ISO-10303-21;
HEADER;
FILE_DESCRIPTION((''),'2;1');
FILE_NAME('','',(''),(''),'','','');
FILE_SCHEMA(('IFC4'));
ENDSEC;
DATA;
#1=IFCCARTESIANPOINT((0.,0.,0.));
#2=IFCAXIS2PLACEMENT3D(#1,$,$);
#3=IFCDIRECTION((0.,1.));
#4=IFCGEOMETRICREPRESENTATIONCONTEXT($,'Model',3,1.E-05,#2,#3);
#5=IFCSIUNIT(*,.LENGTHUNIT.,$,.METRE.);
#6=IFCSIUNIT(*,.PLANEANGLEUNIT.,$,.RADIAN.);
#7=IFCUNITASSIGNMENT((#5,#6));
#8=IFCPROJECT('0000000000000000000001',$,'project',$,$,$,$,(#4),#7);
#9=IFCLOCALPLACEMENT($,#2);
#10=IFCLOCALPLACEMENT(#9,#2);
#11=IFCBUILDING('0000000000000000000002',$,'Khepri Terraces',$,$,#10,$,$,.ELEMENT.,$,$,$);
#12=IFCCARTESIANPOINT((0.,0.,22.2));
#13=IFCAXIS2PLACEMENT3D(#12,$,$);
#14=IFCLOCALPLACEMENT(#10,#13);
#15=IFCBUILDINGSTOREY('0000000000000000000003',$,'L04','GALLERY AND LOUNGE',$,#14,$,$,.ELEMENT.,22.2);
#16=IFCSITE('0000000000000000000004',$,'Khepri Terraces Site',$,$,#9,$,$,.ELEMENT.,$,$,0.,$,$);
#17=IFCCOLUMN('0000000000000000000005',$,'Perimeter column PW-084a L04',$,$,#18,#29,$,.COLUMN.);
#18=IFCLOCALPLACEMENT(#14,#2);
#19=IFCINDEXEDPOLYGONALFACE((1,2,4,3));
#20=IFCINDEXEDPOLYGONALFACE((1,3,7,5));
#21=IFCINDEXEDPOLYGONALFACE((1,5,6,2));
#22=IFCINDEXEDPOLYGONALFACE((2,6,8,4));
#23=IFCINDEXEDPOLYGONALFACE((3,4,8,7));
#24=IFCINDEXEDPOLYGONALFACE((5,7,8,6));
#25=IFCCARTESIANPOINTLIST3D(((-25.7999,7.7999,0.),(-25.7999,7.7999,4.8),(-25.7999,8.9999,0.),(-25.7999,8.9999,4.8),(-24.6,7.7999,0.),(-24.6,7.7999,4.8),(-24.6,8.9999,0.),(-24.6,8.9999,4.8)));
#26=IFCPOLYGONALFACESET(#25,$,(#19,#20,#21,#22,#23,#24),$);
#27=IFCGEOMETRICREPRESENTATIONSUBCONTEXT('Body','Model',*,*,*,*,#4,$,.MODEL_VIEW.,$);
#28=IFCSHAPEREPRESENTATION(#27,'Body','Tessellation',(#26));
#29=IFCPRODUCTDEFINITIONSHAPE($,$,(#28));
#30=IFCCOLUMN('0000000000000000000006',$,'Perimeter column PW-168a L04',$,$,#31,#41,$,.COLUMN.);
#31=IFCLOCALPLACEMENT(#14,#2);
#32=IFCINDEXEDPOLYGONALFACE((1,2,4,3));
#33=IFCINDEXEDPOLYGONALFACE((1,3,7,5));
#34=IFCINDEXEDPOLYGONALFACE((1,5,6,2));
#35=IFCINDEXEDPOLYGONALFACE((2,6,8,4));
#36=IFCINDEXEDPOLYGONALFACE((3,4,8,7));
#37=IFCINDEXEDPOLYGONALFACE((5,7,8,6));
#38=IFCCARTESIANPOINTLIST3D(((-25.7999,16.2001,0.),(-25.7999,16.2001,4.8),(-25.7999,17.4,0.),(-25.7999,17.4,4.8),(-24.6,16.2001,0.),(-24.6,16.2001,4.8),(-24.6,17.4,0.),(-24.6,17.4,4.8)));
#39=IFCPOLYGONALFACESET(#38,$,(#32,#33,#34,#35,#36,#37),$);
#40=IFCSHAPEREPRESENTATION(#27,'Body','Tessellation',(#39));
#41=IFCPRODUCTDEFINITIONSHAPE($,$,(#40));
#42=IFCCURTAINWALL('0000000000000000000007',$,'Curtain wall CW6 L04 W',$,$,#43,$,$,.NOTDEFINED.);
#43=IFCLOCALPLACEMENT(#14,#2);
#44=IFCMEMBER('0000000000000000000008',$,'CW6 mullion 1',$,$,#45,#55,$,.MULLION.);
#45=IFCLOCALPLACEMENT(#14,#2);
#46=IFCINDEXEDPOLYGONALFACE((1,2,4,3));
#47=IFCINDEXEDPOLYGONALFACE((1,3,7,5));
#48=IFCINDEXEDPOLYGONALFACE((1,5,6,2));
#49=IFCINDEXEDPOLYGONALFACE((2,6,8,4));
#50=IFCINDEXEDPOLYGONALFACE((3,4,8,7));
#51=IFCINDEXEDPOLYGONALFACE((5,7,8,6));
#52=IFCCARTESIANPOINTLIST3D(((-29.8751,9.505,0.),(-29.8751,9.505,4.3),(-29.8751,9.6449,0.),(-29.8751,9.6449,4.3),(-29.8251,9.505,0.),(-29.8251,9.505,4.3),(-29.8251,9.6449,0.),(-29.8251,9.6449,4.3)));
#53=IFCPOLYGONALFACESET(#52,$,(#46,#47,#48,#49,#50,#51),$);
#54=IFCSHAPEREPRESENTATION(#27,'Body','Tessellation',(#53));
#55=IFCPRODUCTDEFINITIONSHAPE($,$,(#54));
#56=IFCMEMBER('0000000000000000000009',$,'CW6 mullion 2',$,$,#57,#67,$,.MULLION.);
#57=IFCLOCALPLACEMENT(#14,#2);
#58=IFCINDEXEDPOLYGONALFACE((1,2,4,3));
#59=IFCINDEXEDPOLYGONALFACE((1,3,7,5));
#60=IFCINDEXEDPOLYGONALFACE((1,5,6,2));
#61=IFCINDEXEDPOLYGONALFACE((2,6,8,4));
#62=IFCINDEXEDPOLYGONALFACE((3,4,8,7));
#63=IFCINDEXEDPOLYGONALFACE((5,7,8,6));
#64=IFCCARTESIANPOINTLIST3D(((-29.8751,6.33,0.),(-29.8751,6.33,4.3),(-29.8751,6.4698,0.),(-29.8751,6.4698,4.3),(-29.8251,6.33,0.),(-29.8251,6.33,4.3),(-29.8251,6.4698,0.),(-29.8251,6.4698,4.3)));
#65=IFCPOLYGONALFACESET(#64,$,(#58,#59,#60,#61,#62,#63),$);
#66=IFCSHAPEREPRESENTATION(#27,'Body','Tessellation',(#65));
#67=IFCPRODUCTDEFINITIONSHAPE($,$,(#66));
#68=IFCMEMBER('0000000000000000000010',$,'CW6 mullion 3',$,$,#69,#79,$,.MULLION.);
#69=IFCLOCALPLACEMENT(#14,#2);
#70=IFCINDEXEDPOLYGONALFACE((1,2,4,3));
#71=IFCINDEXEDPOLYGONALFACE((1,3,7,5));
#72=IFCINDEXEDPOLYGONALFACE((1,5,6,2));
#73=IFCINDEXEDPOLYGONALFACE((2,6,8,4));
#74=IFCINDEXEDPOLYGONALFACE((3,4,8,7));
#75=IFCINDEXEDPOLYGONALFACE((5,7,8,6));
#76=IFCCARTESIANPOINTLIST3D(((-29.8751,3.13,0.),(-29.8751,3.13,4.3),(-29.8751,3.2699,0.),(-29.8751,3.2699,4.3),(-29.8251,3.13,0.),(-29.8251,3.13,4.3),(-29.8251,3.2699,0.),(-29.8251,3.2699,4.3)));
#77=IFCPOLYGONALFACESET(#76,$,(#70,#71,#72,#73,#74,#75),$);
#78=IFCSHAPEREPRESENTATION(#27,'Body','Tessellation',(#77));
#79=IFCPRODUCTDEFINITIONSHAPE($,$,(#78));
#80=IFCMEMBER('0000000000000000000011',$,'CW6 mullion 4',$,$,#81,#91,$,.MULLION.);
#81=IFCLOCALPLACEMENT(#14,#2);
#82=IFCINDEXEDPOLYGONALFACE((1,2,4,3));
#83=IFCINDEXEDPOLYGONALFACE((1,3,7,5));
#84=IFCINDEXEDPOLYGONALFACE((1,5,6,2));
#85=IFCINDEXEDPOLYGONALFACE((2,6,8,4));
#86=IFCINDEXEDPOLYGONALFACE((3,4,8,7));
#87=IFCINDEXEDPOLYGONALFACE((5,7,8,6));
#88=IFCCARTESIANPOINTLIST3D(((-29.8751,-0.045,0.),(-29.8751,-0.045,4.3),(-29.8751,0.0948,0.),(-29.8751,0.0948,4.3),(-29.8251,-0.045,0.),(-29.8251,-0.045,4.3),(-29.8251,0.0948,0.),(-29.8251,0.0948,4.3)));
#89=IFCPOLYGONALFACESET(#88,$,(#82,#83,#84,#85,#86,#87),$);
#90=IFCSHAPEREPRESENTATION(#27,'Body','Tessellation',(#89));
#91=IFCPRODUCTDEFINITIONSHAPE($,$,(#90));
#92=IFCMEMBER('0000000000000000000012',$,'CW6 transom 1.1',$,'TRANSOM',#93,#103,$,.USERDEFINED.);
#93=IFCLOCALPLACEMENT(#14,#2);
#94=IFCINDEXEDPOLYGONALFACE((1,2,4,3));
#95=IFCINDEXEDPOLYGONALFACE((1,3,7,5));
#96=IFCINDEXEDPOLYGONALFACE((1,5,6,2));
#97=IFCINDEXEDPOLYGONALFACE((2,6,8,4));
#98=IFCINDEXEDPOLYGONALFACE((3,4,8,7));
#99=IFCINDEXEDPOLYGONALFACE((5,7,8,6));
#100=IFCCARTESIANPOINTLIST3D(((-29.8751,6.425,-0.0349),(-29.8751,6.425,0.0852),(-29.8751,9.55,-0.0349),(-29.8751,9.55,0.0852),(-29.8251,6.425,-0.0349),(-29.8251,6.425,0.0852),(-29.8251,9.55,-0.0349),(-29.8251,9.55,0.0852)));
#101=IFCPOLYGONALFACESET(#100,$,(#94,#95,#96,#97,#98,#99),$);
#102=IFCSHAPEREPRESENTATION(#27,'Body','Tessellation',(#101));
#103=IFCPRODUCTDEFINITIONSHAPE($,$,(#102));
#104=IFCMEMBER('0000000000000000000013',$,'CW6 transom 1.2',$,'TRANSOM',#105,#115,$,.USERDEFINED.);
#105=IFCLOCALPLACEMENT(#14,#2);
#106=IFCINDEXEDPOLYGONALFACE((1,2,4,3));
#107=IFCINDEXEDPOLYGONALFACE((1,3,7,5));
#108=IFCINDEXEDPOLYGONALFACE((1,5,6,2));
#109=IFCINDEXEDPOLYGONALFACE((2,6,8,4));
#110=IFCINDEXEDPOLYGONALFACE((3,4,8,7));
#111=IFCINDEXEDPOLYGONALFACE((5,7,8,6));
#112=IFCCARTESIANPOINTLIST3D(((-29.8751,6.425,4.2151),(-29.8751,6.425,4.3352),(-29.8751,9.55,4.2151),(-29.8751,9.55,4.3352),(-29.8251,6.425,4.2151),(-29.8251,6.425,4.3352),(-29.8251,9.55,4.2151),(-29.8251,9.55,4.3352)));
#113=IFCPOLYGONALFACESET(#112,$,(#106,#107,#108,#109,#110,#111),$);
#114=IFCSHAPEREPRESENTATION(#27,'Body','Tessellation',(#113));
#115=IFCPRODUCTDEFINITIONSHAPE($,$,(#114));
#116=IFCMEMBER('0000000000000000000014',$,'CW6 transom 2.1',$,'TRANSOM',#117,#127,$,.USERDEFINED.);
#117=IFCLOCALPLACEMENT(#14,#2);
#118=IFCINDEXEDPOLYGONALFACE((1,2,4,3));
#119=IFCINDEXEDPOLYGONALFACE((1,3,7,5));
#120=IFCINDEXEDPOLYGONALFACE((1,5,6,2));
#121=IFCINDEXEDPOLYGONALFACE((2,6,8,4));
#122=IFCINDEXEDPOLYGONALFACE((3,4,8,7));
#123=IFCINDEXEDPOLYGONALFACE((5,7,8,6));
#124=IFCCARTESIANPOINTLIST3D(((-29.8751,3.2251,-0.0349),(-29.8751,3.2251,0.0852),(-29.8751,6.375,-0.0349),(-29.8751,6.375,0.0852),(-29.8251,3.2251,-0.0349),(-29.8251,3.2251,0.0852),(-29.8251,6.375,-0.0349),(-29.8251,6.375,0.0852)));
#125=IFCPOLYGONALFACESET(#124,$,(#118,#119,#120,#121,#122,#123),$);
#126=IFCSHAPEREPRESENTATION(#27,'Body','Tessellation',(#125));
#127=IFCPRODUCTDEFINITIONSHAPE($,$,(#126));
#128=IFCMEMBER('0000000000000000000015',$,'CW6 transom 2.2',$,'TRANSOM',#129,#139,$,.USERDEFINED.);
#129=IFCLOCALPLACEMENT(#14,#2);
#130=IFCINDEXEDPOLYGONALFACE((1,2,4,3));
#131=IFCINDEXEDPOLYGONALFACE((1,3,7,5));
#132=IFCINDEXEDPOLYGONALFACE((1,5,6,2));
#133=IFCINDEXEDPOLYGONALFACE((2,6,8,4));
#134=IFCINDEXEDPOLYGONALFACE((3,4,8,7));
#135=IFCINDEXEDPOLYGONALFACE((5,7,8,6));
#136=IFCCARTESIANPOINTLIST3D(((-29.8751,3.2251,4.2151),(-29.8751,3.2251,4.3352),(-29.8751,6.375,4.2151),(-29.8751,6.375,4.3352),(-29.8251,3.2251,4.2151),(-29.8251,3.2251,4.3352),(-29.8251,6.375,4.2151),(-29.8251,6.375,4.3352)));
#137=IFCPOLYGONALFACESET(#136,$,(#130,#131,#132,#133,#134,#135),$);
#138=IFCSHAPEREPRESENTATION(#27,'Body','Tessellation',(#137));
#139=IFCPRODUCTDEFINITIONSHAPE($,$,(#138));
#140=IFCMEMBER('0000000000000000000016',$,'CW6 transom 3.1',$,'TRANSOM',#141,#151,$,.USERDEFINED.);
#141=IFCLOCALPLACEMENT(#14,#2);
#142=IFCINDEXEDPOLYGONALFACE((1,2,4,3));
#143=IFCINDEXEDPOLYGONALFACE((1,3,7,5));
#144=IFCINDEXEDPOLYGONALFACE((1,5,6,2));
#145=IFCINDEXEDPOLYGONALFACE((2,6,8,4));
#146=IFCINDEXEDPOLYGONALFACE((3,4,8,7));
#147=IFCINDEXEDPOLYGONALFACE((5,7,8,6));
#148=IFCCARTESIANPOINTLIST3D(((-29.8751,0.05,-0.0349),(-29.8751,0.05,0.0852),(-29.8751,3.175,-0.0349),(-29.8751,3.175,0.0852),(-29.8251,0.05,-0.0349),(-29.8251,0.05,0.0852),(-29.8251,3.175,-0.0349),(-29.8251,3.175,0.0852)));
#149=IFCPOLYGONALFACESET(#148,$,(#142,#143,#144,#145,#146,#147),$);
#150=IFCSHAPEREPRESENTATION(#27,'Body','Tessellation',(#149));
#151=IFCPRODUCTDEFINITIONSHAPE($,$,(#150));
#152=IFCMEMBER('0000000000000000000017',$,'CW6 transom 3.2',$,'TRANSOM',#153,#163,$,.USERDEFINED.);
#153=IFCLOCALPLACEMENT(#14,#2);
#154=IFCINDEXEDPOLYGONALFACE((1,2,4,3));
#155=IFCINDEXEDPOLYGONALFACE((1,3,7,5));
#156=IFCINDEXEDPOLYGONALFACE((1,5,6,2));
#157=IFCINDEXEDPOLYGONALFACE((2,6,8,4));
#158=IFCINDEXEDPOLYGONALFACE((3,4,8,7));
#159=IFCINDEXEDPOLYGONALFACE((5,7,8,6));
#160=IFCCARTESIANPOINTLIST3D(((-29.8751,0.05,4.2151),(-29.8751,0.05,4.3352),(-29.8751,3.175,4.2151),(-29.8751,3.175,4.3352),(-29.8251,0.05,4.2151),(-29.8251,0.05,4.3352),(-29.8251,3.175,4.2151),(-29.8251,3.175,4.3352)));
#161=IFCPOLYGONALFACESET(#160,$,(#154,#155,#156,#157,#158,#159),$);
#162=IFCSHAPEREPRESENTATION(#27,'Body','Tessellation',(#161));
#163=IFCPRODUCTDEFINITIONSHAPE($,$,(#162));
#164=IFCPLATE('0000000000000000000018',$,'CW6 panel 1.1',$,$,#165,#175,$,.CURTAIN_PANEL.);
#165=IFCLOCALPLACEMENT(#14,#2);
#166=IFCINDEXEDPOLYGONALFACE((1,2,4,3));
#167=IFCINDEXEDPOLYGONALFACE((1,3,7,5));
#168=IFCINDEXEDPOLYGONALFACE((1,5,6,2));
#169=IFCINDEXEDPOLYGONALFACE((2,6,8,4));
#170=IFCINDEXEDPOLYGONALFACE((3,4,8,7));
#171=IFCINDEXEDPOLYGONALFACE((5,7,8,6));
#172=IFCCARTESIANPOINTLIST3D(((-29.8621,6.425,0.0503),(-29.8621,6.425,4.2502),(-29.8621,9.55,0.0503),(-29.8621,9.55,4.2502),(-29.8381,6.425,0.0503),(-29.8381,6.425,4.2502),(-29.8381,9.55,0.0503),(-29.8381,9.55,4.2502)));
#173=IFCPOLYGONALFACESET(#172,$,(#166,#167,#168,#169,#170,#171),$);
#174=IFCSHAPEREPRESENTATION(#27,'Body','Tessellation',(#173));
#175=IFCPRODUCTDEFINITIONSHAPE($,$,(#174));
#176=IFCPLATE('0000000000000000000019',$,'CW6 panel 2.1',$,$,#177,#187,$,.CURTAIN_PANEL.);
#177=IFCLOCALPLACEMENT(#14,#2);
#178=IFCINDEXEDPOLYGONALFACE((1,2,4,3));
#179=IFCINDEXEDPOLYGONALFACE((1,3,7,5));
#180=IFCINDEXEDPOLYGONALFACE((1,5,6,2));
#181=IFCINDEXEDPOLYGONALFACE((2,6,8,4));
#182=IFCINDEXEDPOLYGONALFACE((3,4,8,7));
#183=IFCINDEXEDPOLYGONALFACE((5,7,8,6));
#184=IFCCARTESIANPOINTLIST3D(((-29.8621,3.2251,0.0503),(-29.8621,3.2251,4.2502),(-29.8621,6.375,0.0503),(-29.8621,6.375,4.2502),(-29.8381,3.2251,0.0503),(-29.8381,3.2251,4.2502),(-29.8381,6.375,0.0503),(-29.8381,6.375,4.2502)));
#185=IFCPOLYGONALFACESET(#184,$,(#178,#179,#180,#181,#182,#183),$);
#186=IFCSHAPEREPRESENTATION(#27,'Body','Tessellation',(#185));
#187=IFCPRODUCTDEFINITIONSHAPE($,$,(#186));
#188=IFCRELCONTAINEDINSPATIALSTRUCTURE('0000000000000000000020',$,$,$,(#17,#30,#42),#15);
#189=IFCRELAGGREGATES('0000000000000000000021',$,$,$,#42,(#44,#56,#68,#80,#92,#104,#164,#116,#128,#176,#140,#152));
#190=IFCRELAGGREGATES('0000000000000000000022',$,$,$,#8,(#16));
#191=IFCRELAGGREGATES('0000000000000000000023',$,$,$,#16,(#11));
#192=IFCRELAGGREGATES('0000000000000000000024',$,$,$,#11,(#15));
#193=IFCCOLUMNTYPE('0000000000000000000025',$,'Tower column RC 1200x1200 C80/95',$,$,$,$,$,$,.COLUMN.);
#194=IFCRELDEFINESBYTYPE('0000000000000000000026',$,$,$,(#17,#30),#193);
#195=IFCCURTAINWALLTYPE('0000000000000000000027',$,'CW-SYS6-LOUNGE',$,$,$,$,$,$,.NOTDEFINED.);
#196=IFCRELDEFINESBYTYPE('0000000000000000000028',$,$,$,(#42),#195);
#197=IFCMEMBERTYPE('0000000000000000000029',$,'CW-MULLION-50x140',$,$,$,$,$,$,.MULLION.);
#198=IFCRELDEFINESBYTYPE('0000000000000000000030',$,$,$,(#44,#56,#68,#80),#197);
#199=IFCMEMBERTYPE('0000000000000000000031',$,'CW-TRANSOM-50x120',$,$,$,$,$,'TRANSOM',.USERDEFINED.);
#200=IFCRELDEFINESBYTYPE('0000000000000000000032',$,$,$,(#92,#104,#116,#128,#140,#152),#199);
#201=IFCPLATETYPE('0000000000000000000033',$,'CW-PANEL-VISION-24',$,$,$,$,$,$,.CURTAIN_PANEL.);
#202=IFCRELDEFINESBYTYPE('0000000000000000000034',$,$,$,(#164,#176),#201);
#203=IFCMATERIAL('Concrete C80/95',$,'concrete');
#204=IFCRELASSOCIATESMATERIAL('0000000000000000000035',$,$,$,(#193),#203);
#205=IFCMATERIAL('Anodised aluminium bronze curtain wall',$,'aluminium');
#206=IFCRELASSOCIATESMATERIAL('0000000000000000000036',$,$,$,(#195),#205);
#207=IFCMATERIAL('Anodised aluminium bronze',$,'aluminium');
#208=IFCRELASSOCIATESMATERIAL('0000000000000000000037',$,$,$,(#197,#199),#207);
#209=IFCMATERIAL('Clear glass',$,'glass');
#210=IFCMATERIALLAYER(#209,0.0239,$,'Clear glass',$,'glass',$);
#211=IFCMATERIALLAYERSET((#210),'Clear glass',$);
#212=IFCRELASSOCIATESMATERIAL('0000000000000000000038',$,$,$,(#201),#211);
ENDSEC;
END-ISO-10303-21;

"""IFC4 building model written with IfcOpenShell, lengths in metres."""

from ifc_helpers import new_model, si_unit, direction, frame, origin, origin_2d, place, context, subcontext, project, spatial, rectangle, extrude, material, layer, layer_set, material_profile, profile_set, type_object, element, aggregate, save


model = new_model("IFC4")

# Units and contexts
model_context = context("Model", 3, precision=1e-05, world=origin(), true_north=direction((0.0, 1.0)))
body_context = subcontext(model_context, "Body", "Model", "MODEL_VIEW")
ifc_project = project(units=[si_unit("LENGTHUNIT", "METRE"), si_unit("PLANEANGLEUNIT", "RADIAN")], contexts=[model_context])

# Site, building, storey
site_placement = place(None, origin())
site = spatial("IfcSite", under=ifc_project, at=site_placement, Name="Khepri Terraces Site", CompositionType="ELEMENT", RefElevation=0.0)
building_placement = place(site_placement, origin())
building = spatial("IfcBuilding", under=site, at=building_placement, Name="Khepri Terraces", CompositionType="ELEMENT")
storey_placement = place(building_placement, frame((0.0, 0.0, 22.2)))
storey = spatial("IfcBuildingStorey", under=building, at=storey_placement, Name="L04", Description="GALLERY AND LOUNGE", CompositionType="ELEMENT", Elevation=22.2)

# Columns
ifc_material_1 = material(Name="Concrete C80/95", Category="concrete")
ifc_material_profile_1 = material_profile(ifc_material_1, rectangle(XDim=1.2, YDim=1.2, at=origin_2d()), Name="Concrete C80/95", Category="concrete")
ifc_profile_set_1 = profile_set([ifc_material_profile_1], Name="Concrete C80/95")
column_type = type_object("IfcColumnType", Name="Tower column RC 1200x1200 C80/95", PredefinedType="COLUMN", material=ifc_profile_set_1)
for number, where, z_axis, x_axis, name in (
    (1, (-25.2, 8.3999, 0.0), (0.0, 0.0, 1.0), (1.0, 0.0, 0.0), "Perimeter column PW-084a L04"),
    (2, (-25.2, 16.8, 0.0), (0.0, 0.0, 1.0), (1.0, 0.0, 0.0), "Perimeter column PW-168a L04"),
):
    element("IfcColumn", number, at=place(storey_placement, frame(where, z_axis=z_axis, x_axis=x_axis)), inside=storey, type_object=column_type, Name=name, PredefinedType="COLUMN", context=body_context, shape_type="SweptSolid", body=[
        extrude(rectangle(XDim=1.2, YDim=1.2, at=origin_2d()), origin(), (0.0, 0.0, 1.0), 4.8),
    ])

# Curtain wall, members, plates
ifc_material_2 = material(Name="Anodised aluminium bronze curtain wall", Category="aluminium")
curtain_wall_type = type_object("IfcCurtainWallType", Name="CW-SYS6-LOUNGE", PredefinedType="NOTDEFINED", material=ifc_material_2)
curtain_wall_placement = place(storey_placement, origin())
curtain_wall = element("IfcCurtainWall", 3, at=curtain_wall_placement, inside=storey, type_object=curtain_wall_type, Name="Curtain wall CW6 L04 W", PredefinedType="NOTDEFINED")
ifc_material_3 = material(Name="Anodised aluminium bronze", Category="aluminium")
ifc_material_profile_2 = material_profile(ifc_material_3, rectangle(XDim=0.05, YDim=0.1399, at=origin_2d()), Name="Anodised aluminium bronze", Category="aluminium")
ifc_profile_set_2 = profile_set([ifc_material_profile_2], Name="Anodised aluminium bronze")
member_type_1 = type_object("IfcMemberType", Name="CW-MULLION-50x140", PredefinedType="MULLION", material=ifc_profile_set_2)
member_1_placement = place(storey_placement, frame((-29.8501, 9.575, 0.0), z_axis=(0.0, 0.0, 1.0), x_axis=(1.0, 0.0, 0.0)))
member_1 = element("IfcMember", 4, at=member_1_placement, type_object=member_type_1, Name="CW6 mullion 1", PredefinedType="MULLION", context=body_context, shape_type="SweptSolid", body=[
    extrude(rectangle(XDim=0.05, YDim=0.1399, at=origin_2d()), origin(), (0.0, 0.0, 1.0), 4.3),
])
member_2_placement = place(storey_placement, frame((-29.8501, 6.3999, 0.0), z_axis=(0.0, 0.0, 1.0), x_axis=(1.0, 0.0, 0.0)))
member_2 = element("IfcMember", 5, at=member_2_placement, type_object=member_type_1, Name="CW6 mullion 2", PredefinedType="MULLION", context=body_context, shape_type="SweptSolid", body=[
    extrude(rectangle(XDim=0.05, YDim=0.1399, at=origin_2d()), origin(), (0.0, 0.0, 1.0), 4.3),
])
member_3_placement = place(storey_placement, frame((-29.8501, 3.2, 0.0), z_axis=(0.0, 0.0, 1.0), x_axis=(1.0, 0.0, 0.0)))
member_3 = element("IfcMember", 6, at=member_3_placement, type_object=member_type_1, Name="CW6 mullion 3", PredefinedType="MULLION", context=body_context, shape_type="SweptSolid", body=[
    extrude(rectangle(XDim=0.05, YDim=0.1399, at=origin_2d()), origin(), (0.0, 0.0, 1.0), 4.3),
])
member_4_placement = place(storey_placement, frame((-29.8501, 0.0249, 0.0), z_axis=(0.0, 0.0, 1.0), x_axis=(1.0, 0.0, 0.0)))
member_4 = element("IfcMember", 7, at=member_4_placement, type_object=member_type_1, Name="CW6 mullion 4", PredefinedType="MULLION", context=body_context, shape_type="SweptSolid", body=[
    extrude(rectangle(XDim=0.05, YDim=0.1399, at=origin_2d()), origin(), (0.0, 0.0, 1.0), 4.3),
])
ifc_material_profile_3 = material_profile(ifc_material_3, rectangle(XDim=0.05, YDim=0.1201, at=origin_2d()), Name="Anodised aluminium bronze", Category="aluminium")
ifc_profile_set_3 = profile_set([ifc_material_profile_3], Name="Anodised aluminium bronze")
member_type_2 = type_object("IfcMemberType", Name="CW-TRANSOM-50x120", ElementType="TRANSOM", PredefinedType="USERDEFINED", material=ifc_profile_set_3)
member_5_placement = place(storey_placement, frame((-29.8501, 9.55, 0.0251), z_axis=(0.0, -1.0, 0.0), x_axis=(1.0, 0.0, 0.0)))
member_5 = element("IfcMember", 8, at=member_5_placement, type_object=member_type_2, Name="CW6 transom 1.1", ObjectType="TRANSOM", PredefinedType="USERDEFINED", context=body_context, shape_type="SweptSolid", body=[
    extrude(rectangle(XDim=0.05, YDim=0.1201, at=origin_2d()), origin(), (0.0, 0.0, 1.0), 3.125),
])
member_6_placement = place(storey_placement, frame((-29.8501, 9.55, 4.2751), z_axis=(0.0, -1.0, 0.0), x_axis=(1.0, 0.0, 0.0)))
member_6 = element("IfcMember", 9, at=member_6_placement, type_object=member_type_2, Name="CW6 transom 1.2", ObjectType="TRANSOM", PredefinedType="USERDEFINED", context=body_context, shape_type="SweptSolid", body=[
    extrude(rectangle(XDim=0.05, YDim=0.1201, at=origin_2d()), origin(), (0.0, 0.0, 1.0), 3.125),
])
member_7_placement = place(storey_placement, frame((-29.8501, 6.375, 0.0251), z_axis=(0.0, -1.0, 0.0), x_axis=(1.0, 0.0, 0.0)))
member_7 = element("IfcMember", 10, at=member_7_placement, type_object=member_type_2, Name="CW6 transom 2.1", ObjectType="TRANSOM", PredefinedType="USERDEFINED", context=body_context, shape_type="SweptSolid", body=[
    extrude(rectangle(XDim=0.05, YDim=0.1201, at=origin_2d()), origin(), (0.0, 0.0, 1.0), 3.1499),
])
member_8_placement = place(storey_placement, frame((-29.8501, 6.375, 4.2751), z_axis=(0.0, -1.0, 0.0), x_axis=(1.0, 0.0, 0.0)))
member_8 = element("IfcMember", 11, at=member_8_placement, type_object=member_type_2, Name="CW6 transom 2.2", ObjectType="TRANSOM", PredefinedType="USERDEFINED", context=body_context, shape_type="SweptSolid", body=[
    extrude(rectangle(XDim=0.05, YDim=0.1201, at=origin_2d()), origin(), (0.0, 0.0, 1.0), 3.1499),
])
member_9_placement = place(storey_placement, frame((-29.8501, 3.175, 0.0251), z_axis=(0.0, -1.0, 0.0), x_axis=(1.0, 0.0, 0.0)))
member_9 = element("IfcMember", 12, at=member_9_placement, type_object=member_type_2, Name="CW6 transom 3.1", ObjectType="TRANSOM", PredefinedType="USERDEFINED", context=body_context, shape_type="SweptSolid", body=[
    extrude(rectangle(XDim=0.05, YDim=0.1201, at=origin_2d()), origin(), (0.0, 0.0, 1.0), 3.125),
])
member_10_placement = place(storey_placement, frame((-29.8501, 3.175, 4.2751), z_axis=(0.0, -1.0, 0.0), x_axis=(1.0, 0.0, 0.0)))
member_10 = element("IfcMember", 13, at=member_10_placement, type_object=member_type_2, Name="CW6 transom 3.2", ObjectType="TRANSOM", PredefinedType="USERDEFINED", context=body_context, shape_type="SweptSolid", body=[
    extrude(rectangle(XDim=0.05, YDim=0.1201, at=origin_2d()), origin(), (0.0, 0.0, 1.0), 3.125),
])
ifc_material_4 = material(Name="Clear glass", Category="glass")
ifc_layer_1 = layer(ifc_material_4, 0.0239, Name="Clear glass", Category="glass")
ifc_layer_set_1 = layer_set([ifc_layer_1], Name="Clear glass")
plate_type = type_object("IfcPlateType", Name="CW-PANEL-VISION-24", PredefinedType="CURTAIN_PANEL", material=ifc_layer_set_1)
plate_1_placement = place(storey_placement, frame((-29.8501, 7.9875, 0.0503), z_axis=(0.0, 0.0, 1.0), x_axis=(0.0, -1.0, 0.0)))
plate_1 = element("IfcPlate", 14, at=plate_1_placement, type_object=plate_type, Name="CW6 panel 1.1", PredefinedType="CURTAIN_PANEL", context=body_context, shape_type="SweptSolid", body=[
    extrude(rectangle(XDim=3.125, YDim=0.0239, at=origin_2d()), origin(), (0.0, 0.0, 1.0), 4.2),
])
plate_2_placement = place(storey_placement, frame((-29.8501, 4.8, 0.0503), z_axis=(0.0, 0.0, 1.0), x_axis=(0.0, -1.0, 0.0)))
plate_2 = element("IfcPlate", 15, at=plate_2_placement, type_object=plate_type, Name="CW6 panel 2.1", PredefinedType="CURTAIN_PANEL", context=body_context, shape_type="SweptSolid", body=[
    extrude(rectangle(XDim=3.1499, YDim=0.0239, at=origin_2d()), origin(), (0.0, 0.0, 1.0), 4.2),
])
aggregate(curtain_wall, [member_1, member_2, member_3, member_4, member_5, member_6, plate_1, member_7, member_8, plate_2, member_9, member_10])

save(model, "model.ifc")
